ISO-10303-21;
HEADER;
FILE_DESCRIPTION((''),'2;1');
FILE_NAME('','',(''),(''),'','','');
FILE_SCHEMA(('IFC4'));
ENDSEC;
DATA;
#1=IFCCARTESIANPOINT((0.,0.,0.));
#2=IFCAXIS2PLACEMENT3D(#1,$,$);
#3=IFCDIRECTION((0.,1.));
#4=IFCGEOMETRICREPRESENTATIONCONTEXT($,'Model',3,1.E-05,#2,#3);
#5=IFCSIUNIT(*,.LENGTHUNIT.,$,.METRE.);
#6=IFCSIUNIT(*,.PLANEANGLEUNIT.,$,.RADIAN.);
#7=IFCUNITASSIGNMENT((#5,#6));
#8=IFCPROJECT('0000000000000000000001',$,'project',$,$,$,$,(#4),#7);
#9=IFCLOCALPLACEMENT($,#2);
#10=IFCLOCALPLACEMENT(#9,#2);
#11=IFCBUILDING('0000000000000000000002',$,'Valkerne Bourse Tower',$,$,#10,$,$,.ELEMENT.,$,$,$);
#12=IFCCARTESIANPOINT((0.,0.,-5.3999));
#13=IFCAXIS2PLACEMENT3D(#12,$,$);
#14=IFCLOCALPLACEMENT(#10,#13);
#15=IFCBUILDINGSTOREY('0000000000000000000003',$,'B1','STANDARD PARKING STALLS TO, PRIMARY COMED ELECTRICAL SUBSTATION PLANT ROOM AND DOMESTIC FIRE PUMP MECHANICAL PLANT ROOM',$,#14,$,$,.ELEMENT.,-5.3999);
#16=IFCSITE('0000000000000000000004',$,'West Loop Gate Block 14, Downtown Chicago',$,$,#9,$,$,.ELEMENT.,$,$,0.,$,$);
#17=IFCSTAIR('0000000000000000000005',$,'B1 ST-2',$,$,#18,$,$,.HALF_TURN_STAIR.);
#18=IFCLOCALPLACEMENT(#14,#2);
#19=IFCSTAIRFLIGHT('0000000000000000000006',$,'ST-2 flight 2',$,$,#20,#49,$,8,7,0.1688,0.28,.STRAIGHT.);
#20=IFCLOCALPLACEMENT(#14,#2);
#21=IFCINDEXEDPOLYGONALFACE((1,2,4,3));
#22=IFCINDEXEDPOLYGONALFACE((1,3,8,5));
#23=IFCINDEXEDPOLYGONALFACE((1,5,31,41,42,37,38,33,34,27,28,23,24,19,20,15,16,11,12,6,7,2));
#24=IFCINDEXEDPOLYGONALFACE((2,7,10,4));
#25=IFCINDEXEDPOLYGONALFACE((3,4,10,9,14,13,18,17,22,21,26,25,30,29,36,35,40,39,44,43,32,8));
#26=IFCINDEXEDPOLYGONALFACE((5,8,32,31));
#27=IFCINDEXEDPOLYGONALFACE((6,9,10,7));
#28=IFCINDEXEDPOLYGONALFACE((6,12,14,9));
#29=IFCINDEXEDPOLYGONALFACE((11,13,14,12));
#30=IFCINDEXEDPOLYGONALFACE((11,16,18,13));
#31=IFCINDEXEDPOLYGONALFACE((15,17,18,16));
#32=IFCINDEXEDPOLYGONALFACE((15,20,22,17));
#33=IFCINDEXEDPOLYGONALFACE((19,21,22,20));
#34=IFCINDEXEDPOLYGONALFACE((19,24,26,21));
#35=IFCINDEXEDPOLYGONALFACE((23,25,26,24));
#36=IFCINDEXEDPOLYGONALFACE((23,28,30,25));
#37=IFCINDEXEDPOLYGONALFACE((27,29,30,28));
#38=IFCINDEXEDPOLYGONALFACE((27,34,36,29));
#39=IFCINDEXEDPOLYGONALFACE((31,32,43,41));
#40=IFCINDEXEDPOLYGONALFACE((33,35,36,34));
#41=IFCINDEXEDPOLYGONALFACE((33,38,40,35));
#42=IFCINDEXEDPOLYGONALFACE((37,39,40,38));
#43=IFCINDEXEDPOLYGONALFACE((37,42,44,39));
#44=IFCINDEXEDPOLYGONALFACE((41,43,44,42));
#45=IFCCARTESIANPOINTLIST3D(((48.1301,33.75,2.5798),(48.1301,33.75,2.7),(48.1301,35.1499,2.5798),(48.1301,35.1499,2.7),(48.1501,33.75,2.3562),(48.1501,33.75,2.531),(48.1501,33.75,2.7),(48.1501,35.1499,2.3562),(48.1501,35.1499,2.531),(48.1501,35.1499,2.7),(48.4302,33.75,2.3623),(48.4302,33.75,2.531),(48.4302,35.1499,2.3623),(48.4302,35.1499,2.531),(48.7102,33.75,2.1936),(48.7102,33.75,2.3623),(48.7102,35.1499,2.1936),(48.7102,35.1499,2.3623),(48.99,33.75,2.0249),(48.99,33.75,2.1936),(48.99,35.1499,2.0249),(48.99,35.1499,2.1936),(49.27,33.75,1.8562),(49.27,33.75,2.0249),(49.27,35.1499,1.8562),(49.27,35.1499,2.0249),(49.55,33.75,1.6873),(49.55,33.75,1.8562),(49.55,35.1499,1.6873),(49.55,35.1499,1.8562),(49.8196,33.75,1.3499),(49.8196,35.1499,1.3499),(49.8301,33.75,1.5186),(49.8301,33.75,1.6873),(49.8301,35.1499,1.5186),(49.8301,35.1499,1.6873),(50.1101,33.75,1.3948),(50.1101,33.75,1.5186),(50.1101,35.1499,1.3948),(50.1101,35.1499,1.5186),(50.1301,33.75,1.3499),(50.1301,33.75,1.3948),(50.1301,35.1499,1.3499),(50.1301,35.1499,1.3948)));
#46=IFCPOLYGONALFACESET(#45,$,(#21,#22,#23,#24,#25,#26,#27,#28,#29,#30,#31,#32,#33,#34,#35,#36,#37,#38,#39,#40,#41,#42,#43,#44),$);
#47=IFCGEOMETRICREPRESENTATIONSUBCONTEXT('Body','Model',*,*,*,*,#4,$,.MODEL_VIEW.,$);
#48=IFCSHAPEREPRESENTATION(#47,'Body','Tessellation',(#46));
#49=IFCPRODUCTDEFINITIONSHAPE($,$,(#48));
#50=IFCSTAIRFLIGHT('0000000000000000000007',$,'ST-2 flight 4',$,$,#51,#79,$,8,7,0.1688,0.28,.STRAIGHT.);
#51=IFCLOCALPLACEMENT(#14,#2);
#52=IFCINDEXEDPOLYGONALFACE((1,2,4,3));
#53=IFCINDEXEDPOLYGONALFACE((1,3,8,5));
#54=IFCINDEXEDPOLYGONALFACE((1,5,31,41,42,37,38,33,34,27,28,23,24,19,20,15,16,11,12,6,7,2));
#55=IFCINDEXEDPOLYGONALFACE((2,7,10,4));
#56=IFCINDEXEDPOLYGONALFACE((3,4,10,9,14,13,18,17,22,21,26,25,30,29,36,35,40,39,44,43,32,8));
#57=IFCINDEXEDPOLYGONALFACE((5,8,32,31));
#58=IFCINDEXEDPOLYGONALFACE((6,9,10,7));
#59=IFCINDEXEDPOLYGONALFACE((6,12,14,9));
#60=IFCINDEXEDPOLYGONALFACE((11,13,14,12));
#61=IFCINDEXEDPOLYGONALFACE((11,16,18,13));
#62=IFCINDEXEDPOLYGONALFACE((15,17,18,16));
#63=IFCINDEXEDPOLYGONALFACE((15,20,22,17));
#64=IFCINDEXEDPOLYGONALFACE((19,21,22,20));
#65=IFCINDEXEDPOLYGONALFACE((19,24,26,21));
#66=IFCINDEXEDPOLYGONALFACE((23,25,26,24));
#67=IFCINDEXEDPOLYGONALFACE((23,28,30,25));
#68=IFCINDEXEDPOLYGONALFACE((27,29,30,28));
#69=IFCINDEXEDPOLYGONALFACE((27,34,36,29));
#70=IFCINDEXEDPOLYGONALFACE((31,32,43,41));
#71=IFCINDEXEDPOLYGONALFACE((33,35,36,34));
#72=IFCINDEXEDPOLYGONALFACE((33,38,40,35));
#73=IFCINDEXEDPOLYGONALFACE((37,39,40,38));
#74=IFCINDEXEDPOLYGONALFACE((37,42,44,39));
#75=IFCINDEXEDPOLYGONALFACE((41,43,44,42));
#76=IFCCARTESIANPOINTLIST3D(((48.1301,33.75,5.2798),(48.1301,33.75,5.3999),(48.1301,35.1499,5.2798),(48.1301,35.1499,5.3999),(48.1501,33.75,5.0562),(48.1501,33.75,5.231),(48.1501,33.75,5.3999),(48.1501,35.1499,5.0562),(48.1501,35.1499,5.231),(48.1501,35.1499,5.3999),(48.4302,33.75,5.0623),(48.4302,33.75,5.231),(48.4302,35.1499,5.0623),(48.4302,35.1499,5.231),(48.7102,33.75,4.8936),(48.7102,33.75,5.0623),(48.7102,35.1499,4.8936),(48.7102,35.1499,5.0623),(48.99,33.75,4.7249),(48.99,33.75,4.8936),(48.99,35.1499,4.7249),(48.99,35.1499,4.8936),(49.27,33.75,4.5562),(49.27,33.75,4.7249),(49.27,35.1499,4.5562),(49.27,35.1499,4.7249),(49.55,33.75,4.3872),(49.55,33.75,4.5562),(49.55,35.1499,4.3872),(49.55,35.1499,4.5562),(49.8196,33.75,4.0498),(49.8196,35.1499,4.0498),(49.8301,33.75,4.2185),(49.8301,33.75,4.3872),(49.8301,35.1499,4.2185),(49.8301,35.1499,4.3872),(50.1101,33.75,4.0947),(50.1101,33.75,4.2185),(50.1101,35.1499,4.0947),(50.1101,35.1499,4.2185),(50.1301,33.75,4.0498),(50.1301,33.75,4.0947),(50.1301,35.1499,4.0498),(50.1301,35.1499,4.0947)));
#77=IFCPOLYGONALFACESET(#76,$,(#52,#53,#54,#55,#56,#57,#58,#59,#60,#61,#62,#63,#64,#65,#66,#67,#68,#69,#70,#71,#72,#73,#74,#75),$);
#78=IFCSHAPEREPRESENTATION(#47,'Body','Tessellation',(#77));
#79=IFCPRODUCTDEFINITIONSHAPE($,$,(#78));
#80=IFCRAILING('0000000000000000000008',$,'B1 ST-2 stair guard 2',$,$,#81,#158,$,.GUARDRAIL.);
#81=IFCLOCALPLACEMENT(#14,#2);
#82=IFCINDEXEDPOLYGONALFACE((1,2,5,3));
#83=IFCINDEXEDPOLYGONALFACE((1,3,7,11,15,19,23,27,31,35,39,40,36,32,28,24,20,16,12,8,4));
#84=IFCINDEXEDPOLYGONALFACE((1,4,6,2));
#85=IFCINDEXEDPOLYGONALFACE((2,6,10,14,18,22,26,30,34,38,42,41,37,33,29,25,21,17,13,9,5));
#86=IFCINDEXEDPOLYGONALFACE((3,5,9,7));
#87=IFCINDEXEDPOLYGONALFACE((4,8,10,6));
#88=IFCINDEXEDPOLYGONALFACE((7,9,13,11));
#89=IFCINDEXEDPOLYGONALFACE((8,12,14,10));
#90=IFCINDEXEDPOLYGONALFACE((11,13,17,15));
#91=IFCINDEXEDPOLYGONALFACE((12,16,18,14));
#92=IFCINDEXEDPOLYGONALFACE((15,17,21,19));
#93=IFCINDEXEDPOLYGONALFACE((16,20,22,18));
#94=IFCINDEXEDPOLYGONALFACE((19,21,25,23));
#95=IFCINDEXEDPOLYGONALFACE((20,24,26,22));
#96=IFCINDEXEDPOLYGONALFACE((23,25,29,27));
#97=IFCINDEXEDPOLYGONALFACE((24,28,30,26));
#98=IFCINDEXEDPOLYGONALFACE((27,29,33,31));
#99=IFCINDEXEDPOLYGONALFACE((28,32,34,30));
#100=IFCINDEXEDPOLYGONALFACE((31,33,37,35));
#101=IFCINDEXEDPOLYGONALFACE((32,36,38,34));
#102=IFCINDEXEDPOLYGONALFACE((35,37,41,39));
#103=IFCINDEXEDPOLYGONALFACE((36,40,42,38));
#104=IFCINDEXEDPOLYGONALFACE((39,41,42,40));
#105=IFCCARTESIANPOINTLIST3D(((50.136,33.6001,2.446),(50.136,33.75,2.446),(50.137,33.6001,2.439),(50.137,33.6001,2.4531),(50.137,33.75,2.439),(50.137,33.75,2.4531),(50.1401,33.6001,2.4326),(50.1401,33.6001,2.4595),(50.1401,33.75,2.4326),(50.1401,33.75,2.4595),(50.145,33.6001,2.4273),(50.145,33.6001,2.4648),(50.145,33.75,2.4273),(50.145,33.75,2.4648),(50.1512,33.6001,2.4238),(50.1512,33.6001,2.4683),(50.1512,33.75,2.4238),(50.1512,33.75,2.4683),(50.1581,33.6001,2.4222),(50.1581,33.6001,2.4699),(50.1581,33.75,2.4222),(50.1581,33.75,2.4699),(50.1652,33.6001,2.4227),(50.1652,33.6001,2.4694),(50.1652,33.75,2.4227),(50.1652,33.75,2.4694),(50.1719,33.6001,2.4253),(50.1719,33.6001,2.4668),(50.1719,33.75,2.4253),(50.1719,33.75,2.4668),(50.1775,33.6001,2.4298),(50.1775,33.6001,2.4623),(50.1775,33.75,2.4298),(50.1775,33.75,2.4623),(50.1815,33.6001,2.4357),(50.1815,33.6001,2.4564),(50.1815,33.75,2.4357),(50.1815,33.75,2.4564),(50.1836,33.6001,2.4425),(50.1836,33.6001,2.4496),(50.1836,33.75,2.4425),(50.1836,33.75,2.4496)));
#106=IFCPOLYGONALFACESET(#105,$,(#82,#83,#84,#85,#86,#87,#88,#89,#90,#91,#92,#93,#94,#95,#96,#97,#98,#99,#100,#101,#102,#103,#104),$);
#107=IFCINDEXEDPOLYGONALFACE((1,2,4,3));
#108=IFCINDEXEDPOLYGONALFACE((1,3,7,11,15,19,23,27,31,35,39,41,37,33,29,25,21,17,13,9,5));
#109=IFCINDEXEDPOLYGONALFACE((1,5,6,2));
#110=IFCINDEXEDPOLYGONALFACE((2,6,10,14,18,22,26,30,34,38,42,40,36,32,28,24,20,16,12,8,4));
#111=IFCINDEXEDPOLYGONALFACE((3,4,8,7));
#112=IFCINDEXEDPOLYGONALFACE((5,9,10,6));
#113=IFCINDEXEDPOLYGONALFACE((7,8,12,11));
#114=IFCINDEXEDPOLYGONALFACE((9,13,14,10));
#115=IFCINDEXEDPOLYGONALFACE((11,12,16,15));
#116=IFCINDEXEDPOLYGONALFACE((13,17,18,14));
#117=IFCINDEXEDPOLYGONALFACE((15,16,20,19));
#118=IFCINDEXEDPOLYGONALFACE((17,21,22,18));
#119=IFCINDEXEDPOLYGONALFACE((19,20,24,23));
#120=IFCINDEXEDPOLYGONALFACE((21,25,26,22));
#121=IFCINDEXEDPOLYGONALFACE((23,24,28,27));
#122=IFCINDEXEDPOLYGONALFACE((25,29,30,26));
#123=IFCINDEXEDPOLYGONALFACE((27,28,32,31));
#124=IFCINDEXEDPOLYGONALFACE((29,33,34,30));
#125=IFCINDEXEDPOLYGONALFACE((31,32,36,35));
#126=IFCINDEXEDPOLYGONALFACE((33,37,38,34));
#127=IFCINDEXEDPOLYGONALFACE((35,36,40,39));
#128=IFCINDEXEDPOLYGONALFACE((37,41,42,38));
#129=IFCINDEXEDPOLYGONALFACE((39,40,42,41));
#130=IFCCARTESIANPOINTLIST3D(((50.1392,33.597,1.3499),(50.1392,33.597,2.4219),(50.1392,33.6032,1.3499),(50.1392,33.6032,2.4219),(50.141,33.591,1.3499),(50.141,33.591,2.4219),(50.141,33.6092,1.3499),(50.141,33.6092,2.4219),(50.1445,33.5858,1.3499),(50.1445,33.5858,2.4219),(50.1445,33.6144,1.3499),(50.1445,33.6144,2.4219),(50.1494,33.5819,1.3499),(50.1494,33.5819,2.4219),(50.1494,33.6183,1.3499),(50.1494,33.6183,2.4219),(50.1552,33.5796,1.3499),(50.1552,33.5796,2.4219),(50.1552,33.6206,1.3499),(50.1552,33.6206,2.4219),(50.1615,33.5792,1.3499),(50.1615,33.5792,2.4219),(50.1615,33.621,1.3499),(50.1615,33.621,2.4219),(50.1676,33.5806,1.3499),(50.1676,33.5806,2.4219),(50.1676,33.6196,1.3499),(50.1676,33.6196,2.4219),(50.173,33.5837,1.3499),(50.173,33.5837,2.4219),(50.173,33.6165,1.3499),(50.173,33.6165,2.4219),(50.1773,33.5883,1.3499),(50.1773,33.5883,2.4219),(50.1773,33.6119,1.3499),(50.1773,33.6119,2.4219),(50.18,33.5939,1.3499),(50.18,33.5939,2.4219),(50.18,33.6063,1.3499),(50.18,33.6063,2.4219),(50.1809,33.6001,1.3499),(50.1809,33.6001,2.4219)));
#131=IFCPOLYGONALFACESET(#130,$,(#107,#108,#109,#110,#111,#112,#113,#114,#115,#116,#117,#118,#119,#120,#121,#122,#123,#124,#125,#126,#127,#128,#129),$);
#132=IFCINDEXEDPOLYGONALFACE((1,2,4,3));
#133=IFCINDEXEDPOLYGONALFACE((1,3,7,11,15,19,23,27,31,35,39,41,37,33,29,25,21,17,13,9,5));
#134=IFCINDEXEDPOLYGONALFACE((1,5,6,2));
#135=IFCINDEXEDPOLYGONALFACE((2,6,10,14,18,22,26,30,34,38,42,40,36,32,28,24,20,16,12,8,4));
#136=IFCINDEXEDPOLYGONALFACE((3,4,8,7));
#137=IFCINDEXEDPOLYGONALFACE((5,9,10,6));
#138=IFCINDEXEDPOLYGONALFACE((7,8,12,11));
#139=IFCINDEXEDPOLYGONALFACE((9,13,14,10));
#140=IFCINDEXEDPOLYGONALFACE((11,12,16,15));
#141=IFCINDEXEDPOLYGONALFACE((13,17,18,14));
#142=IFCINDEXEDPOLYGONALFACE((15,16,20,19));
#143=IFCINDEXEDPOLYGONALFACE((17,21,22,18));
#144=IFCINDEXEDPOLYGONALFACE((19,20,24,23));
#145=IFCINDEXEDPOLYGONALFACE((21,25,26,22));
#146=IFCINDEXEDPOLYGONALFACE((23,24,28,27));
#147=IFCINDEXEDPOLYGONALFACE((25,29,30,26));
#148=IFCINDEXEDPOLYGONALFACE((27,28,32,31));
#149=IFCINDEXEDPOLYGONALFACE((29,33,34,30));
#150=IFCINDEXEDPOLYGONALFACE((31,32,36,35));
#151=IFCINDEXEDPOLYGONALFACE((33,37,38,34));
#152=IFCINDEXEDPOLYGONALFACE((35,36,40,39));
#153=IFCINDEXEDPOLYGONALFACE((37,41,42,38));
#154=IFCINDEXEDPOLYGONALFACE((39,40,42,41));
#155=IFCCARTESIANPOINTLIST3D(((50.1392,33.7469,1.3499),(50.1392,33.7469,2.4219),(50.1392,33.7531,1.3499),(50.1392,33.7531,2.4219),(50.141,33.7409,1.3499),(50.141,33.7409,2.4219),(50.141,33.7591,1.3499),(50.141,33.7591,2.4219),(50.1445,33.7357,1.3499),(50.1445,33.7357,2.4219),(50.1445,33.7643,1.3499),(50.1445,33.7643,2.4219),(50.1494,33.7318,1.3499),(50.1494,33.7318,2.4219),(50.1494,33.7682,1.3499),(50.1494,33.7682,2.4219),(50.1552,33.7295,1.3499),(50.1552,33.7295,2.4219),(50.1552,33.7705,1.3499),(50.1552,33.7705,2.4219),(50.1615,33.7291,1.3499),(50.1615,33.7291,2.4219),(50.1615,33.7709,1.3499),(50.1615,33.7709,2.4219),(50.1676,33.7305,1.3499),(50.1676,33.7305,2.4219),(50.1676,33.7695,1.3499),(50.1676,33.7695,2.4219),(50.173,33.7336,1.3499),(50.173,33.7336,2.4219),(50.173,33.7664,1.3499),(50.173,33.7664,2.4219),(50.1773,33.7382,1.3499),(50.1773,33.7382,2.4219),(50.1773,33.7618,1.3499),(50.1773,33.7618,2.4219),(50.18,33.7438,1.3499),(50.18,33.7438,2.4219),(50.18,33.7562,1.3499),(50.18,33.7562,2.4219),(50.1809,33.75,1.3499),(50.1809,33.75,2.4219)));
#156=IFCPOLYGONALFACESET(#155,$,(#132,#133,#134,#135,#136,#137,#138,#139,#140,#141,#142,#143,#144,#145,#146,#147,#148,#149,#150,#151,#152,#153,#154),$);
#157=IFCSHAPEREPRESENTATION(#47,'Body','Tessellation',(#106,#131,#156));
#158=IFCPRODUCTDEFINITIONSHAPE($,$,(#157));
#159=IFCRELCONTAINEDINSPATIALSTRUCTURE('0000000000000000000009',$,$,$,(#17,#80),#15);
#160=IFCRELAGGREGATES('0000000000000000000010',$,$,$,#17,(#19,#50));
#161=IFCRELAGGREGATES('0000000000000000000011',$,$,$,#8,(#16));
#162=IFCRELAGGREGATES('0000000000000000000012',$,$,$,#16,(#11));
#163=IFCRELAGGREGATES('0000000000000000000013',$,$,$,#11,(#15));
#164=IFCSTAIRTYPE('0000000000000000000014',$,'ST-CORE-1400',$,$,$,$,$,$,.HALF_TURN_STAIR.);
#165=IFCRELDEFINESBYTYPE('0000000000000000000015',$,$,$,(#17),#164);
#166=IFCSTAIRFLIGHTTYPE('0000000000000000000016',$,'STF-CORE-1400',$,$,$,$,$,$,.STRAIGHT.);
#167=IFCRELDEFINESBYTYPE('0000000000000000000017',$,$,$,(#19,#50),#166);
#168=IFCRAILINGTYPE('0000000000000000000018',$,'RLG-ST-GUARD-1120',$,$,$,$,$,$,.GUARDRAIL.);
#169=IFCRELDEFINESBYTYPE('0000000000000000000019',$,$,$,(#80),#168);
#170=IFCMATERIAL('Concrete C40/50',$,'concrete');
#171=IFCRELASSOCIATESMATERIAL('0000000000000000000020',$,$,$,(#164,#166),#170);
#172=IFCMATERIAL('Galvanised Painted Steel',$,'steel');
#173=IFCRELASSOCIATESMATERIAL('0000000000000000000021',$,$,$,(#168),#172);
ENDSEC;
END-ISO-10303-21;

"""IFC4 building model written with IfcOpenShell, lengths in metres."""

from ifc_helpers import new_model, si_unit, direction, frame, origin, origin_2d, place, context, subcontext, project, spatial, polyline, circle, outline, extrude, material, type_object, element, aggregate, save


model = new_model("IFC4")

# Units and contexts
model_context = context("Model", 3, precision=1e-05, world=origin(), true_north=direction((0.0, 1.0)))
body_context = subcontext(model_context, "Body", "Model", "MODEL_VIEW")
ifc_project = project(units=[si_unit("LENGTHUNIT", "METRE"), si_unit("PLANEANGLEUNIT", "RADIAN")], contexts=[model_context])

# Site, building, storey
site_placement = place(None, origin())
site = spatial("IfcSite", under=ifc_project, at=site_placement, Name="West Loop Gate Block 14, Downtown Chicago", CompositionType="ELEMENT", RefElevation=0.0)
building_placement = place(site_placement, origin())
building = spatial("IfcBuilding", under=site, at=building_placement, Name="Valkerne Bourse Tower", CompositionType="ELEMENT")
storey_placement = place(building_placement, frame((0.0, 0.0, -5.3999)))
storey = spatial("IfcBuildingStorey", under=building, at=storey_placement, Name="B1", Description="STANDARD PARKING STALLS TO, PRIMARY COMED ELECTRICAL SUBSTATION PLANT ROOM AND DOMESTIC FIRE PUMP MECHANICAL PLANT ROOM", CompositionType="ELEMENT", Elevation=-5.3999)

# Stair, stair flights
ifc_material_1 = material(Name="Concrete C40/50", Category="concrete")
stair_type = type_object("IfcStairType", Name="ST-CORE-1400", PredefinedType="HALF_TURN_STAIR", material=ifc_material_1)
stair_placement = place(storey_placement, origin())
stair = element("IfcStair", 1, at=stair_placement, inside=storey, type_object=stair_type, Name="B1 ST-2", PredefinedType="HALF_TURN_STAIR")
stair_flight_type = type_object("IfcStairFlightType", Name="STF-CORE-1400", PredefinedType="STRAIGHT", material=ifc_material_1)
stair_flight_1_placement = place(storey_placement, frame((50.1101, 34.45, 1.3499), z_axis=(0.0, 0.0, 1.0), x_axis=(-1.0, 0.0, 0.0)))
stair_flight_1 = element("IfcStairFlight", 2, at=stair_flight_1_placement, type_object=stair_flight_type, Name="ST-2 flight 2", NumberOfRisers=8, NumberOfTreads=7, PredefinedType="STRAIGHT", RiserHeight=0.1688, TreadLength=0.28, context=body_context, shape_type="SweptSolid", body=[
    extrude(outline(polyline([(-0.02, 0.0), (-0.02, 0.0449), (0.0, 0.0449), (0.0, 0.1687), (0.28, 0.1687), (0.28, 0.3374), (0.5601, 0.3374), (0.5601, 0.5063), (0.8401, 0.5063), (0.8401, 0.675), (1.1201, 0.675), (1.1201, 0.8438), (1.3999, 0.8438), (1.3999, 1.0125), (1.6799, 1.0125), (1.6799, 1.1812), (1.96, 1.1812), (1.96, 1.3501), (1.98, 1.3501), (1.98, 1.23), (1.96, 1.0063), (0.2905, 0.0), (-0.02, 0.0)])), frame((0.0, 0.7, 0.0), z_axis=(0.0, -1.0, 0.0), x_axis=(1.0, 0.0, 0.0)), (0.0, 0.0, 1.0), 1.3999),
])
stair_flight_2_placement = place(storey_placement, frame((50.1101, 34.45, 4.0498), z_axis=(0.0, 0.0, 1.0), x_axis=(-1.0, 0.0, 0.0)))
stair_flight_2 = element("IfcStairFlight", 3, at=stair_flight_2_placement, type_object=stair_flight_type, Name="ST-2 flight 4", NumberOfRisers=8, NumberOfTreads=7, PredefinedType="STRAIGHT", RiserHeight=0.1688, TreadLength=0.28, context=body_context, shape_type="SweptSolid", body=[
    extrude(outline(polyline([(-0.02, 0.0), (-0.02, 0.0449), (0.0, 0.0449), (0.0, 0.1687), (0.28, 0.1687), (0.28, 0.3374), (0.5601, 0.3374), (0.5601, 0.5063), (0.8401, 0.5063), (0.8401, 0.675), (1.1201, 0.675), (1.1201, 0.8438), (1.3999, 0.8438), (1.3999, 1.0125), (1.6799, 1.0125), (1.6799, 1.1812), (1.96, 1.1812), (1.96, 1.3501), (1.98, 1.3501), (1.98, 1.23), (1.96, 1.0063), (0.2905, 0.0), (-0.02, 0.0)])), frame((0.0, 0.7, 0.0), z_axis=(0.0, -1.0, 0.0), x_axis=(1.0, 0.0, 0.0)), (0.0, 0.0, 1.0), 1.3999),
])
aggregate(stair, [stair_flight_1, stair_flight_2])

# Railing
ifc_material_2 = material(Name="Galvanised Painted Steel", Category="steel")
railing_type_1 = type_object("IfcRailingType", Name="RLG-ST-GUARD-1120", PredefinedType="GUARDRAIL", material=ifc_material_2)
railing_1_placement = place(storey_placement, frame((50.1599, 33.6001, 1.3499)))
element("IfcRailing", 4, at=railing_1_placement, inside=storey, type_object=railing_type_1, Name="B1 ST-2 stair guard 2", PredefinedType="GUARDRAIL", context=body_context, shape_type="SweptSolid", body=[
    extrude(circle(Radius=0.0239, at=origin_2d()), frame((0.0, 0.0, 1.0962), z_axis=(0.0, 1.0, 0.0), x_axis=(-1.0, 0.0, 0.0)), (0.0, 0.0, 1.0), 0.1499),
    extrude(circle(Radius=0.021, at=origin_2d()), origin(), (0.0, 0.0, 1.0), 1.072),
    extrude(circle(Radius=0.021, at=origin_2d()), frame((0.0, 0.1499, 0.0)), (0.0, 0.0, 1.0), 1.072),
])

save(model, "model.ifc")
